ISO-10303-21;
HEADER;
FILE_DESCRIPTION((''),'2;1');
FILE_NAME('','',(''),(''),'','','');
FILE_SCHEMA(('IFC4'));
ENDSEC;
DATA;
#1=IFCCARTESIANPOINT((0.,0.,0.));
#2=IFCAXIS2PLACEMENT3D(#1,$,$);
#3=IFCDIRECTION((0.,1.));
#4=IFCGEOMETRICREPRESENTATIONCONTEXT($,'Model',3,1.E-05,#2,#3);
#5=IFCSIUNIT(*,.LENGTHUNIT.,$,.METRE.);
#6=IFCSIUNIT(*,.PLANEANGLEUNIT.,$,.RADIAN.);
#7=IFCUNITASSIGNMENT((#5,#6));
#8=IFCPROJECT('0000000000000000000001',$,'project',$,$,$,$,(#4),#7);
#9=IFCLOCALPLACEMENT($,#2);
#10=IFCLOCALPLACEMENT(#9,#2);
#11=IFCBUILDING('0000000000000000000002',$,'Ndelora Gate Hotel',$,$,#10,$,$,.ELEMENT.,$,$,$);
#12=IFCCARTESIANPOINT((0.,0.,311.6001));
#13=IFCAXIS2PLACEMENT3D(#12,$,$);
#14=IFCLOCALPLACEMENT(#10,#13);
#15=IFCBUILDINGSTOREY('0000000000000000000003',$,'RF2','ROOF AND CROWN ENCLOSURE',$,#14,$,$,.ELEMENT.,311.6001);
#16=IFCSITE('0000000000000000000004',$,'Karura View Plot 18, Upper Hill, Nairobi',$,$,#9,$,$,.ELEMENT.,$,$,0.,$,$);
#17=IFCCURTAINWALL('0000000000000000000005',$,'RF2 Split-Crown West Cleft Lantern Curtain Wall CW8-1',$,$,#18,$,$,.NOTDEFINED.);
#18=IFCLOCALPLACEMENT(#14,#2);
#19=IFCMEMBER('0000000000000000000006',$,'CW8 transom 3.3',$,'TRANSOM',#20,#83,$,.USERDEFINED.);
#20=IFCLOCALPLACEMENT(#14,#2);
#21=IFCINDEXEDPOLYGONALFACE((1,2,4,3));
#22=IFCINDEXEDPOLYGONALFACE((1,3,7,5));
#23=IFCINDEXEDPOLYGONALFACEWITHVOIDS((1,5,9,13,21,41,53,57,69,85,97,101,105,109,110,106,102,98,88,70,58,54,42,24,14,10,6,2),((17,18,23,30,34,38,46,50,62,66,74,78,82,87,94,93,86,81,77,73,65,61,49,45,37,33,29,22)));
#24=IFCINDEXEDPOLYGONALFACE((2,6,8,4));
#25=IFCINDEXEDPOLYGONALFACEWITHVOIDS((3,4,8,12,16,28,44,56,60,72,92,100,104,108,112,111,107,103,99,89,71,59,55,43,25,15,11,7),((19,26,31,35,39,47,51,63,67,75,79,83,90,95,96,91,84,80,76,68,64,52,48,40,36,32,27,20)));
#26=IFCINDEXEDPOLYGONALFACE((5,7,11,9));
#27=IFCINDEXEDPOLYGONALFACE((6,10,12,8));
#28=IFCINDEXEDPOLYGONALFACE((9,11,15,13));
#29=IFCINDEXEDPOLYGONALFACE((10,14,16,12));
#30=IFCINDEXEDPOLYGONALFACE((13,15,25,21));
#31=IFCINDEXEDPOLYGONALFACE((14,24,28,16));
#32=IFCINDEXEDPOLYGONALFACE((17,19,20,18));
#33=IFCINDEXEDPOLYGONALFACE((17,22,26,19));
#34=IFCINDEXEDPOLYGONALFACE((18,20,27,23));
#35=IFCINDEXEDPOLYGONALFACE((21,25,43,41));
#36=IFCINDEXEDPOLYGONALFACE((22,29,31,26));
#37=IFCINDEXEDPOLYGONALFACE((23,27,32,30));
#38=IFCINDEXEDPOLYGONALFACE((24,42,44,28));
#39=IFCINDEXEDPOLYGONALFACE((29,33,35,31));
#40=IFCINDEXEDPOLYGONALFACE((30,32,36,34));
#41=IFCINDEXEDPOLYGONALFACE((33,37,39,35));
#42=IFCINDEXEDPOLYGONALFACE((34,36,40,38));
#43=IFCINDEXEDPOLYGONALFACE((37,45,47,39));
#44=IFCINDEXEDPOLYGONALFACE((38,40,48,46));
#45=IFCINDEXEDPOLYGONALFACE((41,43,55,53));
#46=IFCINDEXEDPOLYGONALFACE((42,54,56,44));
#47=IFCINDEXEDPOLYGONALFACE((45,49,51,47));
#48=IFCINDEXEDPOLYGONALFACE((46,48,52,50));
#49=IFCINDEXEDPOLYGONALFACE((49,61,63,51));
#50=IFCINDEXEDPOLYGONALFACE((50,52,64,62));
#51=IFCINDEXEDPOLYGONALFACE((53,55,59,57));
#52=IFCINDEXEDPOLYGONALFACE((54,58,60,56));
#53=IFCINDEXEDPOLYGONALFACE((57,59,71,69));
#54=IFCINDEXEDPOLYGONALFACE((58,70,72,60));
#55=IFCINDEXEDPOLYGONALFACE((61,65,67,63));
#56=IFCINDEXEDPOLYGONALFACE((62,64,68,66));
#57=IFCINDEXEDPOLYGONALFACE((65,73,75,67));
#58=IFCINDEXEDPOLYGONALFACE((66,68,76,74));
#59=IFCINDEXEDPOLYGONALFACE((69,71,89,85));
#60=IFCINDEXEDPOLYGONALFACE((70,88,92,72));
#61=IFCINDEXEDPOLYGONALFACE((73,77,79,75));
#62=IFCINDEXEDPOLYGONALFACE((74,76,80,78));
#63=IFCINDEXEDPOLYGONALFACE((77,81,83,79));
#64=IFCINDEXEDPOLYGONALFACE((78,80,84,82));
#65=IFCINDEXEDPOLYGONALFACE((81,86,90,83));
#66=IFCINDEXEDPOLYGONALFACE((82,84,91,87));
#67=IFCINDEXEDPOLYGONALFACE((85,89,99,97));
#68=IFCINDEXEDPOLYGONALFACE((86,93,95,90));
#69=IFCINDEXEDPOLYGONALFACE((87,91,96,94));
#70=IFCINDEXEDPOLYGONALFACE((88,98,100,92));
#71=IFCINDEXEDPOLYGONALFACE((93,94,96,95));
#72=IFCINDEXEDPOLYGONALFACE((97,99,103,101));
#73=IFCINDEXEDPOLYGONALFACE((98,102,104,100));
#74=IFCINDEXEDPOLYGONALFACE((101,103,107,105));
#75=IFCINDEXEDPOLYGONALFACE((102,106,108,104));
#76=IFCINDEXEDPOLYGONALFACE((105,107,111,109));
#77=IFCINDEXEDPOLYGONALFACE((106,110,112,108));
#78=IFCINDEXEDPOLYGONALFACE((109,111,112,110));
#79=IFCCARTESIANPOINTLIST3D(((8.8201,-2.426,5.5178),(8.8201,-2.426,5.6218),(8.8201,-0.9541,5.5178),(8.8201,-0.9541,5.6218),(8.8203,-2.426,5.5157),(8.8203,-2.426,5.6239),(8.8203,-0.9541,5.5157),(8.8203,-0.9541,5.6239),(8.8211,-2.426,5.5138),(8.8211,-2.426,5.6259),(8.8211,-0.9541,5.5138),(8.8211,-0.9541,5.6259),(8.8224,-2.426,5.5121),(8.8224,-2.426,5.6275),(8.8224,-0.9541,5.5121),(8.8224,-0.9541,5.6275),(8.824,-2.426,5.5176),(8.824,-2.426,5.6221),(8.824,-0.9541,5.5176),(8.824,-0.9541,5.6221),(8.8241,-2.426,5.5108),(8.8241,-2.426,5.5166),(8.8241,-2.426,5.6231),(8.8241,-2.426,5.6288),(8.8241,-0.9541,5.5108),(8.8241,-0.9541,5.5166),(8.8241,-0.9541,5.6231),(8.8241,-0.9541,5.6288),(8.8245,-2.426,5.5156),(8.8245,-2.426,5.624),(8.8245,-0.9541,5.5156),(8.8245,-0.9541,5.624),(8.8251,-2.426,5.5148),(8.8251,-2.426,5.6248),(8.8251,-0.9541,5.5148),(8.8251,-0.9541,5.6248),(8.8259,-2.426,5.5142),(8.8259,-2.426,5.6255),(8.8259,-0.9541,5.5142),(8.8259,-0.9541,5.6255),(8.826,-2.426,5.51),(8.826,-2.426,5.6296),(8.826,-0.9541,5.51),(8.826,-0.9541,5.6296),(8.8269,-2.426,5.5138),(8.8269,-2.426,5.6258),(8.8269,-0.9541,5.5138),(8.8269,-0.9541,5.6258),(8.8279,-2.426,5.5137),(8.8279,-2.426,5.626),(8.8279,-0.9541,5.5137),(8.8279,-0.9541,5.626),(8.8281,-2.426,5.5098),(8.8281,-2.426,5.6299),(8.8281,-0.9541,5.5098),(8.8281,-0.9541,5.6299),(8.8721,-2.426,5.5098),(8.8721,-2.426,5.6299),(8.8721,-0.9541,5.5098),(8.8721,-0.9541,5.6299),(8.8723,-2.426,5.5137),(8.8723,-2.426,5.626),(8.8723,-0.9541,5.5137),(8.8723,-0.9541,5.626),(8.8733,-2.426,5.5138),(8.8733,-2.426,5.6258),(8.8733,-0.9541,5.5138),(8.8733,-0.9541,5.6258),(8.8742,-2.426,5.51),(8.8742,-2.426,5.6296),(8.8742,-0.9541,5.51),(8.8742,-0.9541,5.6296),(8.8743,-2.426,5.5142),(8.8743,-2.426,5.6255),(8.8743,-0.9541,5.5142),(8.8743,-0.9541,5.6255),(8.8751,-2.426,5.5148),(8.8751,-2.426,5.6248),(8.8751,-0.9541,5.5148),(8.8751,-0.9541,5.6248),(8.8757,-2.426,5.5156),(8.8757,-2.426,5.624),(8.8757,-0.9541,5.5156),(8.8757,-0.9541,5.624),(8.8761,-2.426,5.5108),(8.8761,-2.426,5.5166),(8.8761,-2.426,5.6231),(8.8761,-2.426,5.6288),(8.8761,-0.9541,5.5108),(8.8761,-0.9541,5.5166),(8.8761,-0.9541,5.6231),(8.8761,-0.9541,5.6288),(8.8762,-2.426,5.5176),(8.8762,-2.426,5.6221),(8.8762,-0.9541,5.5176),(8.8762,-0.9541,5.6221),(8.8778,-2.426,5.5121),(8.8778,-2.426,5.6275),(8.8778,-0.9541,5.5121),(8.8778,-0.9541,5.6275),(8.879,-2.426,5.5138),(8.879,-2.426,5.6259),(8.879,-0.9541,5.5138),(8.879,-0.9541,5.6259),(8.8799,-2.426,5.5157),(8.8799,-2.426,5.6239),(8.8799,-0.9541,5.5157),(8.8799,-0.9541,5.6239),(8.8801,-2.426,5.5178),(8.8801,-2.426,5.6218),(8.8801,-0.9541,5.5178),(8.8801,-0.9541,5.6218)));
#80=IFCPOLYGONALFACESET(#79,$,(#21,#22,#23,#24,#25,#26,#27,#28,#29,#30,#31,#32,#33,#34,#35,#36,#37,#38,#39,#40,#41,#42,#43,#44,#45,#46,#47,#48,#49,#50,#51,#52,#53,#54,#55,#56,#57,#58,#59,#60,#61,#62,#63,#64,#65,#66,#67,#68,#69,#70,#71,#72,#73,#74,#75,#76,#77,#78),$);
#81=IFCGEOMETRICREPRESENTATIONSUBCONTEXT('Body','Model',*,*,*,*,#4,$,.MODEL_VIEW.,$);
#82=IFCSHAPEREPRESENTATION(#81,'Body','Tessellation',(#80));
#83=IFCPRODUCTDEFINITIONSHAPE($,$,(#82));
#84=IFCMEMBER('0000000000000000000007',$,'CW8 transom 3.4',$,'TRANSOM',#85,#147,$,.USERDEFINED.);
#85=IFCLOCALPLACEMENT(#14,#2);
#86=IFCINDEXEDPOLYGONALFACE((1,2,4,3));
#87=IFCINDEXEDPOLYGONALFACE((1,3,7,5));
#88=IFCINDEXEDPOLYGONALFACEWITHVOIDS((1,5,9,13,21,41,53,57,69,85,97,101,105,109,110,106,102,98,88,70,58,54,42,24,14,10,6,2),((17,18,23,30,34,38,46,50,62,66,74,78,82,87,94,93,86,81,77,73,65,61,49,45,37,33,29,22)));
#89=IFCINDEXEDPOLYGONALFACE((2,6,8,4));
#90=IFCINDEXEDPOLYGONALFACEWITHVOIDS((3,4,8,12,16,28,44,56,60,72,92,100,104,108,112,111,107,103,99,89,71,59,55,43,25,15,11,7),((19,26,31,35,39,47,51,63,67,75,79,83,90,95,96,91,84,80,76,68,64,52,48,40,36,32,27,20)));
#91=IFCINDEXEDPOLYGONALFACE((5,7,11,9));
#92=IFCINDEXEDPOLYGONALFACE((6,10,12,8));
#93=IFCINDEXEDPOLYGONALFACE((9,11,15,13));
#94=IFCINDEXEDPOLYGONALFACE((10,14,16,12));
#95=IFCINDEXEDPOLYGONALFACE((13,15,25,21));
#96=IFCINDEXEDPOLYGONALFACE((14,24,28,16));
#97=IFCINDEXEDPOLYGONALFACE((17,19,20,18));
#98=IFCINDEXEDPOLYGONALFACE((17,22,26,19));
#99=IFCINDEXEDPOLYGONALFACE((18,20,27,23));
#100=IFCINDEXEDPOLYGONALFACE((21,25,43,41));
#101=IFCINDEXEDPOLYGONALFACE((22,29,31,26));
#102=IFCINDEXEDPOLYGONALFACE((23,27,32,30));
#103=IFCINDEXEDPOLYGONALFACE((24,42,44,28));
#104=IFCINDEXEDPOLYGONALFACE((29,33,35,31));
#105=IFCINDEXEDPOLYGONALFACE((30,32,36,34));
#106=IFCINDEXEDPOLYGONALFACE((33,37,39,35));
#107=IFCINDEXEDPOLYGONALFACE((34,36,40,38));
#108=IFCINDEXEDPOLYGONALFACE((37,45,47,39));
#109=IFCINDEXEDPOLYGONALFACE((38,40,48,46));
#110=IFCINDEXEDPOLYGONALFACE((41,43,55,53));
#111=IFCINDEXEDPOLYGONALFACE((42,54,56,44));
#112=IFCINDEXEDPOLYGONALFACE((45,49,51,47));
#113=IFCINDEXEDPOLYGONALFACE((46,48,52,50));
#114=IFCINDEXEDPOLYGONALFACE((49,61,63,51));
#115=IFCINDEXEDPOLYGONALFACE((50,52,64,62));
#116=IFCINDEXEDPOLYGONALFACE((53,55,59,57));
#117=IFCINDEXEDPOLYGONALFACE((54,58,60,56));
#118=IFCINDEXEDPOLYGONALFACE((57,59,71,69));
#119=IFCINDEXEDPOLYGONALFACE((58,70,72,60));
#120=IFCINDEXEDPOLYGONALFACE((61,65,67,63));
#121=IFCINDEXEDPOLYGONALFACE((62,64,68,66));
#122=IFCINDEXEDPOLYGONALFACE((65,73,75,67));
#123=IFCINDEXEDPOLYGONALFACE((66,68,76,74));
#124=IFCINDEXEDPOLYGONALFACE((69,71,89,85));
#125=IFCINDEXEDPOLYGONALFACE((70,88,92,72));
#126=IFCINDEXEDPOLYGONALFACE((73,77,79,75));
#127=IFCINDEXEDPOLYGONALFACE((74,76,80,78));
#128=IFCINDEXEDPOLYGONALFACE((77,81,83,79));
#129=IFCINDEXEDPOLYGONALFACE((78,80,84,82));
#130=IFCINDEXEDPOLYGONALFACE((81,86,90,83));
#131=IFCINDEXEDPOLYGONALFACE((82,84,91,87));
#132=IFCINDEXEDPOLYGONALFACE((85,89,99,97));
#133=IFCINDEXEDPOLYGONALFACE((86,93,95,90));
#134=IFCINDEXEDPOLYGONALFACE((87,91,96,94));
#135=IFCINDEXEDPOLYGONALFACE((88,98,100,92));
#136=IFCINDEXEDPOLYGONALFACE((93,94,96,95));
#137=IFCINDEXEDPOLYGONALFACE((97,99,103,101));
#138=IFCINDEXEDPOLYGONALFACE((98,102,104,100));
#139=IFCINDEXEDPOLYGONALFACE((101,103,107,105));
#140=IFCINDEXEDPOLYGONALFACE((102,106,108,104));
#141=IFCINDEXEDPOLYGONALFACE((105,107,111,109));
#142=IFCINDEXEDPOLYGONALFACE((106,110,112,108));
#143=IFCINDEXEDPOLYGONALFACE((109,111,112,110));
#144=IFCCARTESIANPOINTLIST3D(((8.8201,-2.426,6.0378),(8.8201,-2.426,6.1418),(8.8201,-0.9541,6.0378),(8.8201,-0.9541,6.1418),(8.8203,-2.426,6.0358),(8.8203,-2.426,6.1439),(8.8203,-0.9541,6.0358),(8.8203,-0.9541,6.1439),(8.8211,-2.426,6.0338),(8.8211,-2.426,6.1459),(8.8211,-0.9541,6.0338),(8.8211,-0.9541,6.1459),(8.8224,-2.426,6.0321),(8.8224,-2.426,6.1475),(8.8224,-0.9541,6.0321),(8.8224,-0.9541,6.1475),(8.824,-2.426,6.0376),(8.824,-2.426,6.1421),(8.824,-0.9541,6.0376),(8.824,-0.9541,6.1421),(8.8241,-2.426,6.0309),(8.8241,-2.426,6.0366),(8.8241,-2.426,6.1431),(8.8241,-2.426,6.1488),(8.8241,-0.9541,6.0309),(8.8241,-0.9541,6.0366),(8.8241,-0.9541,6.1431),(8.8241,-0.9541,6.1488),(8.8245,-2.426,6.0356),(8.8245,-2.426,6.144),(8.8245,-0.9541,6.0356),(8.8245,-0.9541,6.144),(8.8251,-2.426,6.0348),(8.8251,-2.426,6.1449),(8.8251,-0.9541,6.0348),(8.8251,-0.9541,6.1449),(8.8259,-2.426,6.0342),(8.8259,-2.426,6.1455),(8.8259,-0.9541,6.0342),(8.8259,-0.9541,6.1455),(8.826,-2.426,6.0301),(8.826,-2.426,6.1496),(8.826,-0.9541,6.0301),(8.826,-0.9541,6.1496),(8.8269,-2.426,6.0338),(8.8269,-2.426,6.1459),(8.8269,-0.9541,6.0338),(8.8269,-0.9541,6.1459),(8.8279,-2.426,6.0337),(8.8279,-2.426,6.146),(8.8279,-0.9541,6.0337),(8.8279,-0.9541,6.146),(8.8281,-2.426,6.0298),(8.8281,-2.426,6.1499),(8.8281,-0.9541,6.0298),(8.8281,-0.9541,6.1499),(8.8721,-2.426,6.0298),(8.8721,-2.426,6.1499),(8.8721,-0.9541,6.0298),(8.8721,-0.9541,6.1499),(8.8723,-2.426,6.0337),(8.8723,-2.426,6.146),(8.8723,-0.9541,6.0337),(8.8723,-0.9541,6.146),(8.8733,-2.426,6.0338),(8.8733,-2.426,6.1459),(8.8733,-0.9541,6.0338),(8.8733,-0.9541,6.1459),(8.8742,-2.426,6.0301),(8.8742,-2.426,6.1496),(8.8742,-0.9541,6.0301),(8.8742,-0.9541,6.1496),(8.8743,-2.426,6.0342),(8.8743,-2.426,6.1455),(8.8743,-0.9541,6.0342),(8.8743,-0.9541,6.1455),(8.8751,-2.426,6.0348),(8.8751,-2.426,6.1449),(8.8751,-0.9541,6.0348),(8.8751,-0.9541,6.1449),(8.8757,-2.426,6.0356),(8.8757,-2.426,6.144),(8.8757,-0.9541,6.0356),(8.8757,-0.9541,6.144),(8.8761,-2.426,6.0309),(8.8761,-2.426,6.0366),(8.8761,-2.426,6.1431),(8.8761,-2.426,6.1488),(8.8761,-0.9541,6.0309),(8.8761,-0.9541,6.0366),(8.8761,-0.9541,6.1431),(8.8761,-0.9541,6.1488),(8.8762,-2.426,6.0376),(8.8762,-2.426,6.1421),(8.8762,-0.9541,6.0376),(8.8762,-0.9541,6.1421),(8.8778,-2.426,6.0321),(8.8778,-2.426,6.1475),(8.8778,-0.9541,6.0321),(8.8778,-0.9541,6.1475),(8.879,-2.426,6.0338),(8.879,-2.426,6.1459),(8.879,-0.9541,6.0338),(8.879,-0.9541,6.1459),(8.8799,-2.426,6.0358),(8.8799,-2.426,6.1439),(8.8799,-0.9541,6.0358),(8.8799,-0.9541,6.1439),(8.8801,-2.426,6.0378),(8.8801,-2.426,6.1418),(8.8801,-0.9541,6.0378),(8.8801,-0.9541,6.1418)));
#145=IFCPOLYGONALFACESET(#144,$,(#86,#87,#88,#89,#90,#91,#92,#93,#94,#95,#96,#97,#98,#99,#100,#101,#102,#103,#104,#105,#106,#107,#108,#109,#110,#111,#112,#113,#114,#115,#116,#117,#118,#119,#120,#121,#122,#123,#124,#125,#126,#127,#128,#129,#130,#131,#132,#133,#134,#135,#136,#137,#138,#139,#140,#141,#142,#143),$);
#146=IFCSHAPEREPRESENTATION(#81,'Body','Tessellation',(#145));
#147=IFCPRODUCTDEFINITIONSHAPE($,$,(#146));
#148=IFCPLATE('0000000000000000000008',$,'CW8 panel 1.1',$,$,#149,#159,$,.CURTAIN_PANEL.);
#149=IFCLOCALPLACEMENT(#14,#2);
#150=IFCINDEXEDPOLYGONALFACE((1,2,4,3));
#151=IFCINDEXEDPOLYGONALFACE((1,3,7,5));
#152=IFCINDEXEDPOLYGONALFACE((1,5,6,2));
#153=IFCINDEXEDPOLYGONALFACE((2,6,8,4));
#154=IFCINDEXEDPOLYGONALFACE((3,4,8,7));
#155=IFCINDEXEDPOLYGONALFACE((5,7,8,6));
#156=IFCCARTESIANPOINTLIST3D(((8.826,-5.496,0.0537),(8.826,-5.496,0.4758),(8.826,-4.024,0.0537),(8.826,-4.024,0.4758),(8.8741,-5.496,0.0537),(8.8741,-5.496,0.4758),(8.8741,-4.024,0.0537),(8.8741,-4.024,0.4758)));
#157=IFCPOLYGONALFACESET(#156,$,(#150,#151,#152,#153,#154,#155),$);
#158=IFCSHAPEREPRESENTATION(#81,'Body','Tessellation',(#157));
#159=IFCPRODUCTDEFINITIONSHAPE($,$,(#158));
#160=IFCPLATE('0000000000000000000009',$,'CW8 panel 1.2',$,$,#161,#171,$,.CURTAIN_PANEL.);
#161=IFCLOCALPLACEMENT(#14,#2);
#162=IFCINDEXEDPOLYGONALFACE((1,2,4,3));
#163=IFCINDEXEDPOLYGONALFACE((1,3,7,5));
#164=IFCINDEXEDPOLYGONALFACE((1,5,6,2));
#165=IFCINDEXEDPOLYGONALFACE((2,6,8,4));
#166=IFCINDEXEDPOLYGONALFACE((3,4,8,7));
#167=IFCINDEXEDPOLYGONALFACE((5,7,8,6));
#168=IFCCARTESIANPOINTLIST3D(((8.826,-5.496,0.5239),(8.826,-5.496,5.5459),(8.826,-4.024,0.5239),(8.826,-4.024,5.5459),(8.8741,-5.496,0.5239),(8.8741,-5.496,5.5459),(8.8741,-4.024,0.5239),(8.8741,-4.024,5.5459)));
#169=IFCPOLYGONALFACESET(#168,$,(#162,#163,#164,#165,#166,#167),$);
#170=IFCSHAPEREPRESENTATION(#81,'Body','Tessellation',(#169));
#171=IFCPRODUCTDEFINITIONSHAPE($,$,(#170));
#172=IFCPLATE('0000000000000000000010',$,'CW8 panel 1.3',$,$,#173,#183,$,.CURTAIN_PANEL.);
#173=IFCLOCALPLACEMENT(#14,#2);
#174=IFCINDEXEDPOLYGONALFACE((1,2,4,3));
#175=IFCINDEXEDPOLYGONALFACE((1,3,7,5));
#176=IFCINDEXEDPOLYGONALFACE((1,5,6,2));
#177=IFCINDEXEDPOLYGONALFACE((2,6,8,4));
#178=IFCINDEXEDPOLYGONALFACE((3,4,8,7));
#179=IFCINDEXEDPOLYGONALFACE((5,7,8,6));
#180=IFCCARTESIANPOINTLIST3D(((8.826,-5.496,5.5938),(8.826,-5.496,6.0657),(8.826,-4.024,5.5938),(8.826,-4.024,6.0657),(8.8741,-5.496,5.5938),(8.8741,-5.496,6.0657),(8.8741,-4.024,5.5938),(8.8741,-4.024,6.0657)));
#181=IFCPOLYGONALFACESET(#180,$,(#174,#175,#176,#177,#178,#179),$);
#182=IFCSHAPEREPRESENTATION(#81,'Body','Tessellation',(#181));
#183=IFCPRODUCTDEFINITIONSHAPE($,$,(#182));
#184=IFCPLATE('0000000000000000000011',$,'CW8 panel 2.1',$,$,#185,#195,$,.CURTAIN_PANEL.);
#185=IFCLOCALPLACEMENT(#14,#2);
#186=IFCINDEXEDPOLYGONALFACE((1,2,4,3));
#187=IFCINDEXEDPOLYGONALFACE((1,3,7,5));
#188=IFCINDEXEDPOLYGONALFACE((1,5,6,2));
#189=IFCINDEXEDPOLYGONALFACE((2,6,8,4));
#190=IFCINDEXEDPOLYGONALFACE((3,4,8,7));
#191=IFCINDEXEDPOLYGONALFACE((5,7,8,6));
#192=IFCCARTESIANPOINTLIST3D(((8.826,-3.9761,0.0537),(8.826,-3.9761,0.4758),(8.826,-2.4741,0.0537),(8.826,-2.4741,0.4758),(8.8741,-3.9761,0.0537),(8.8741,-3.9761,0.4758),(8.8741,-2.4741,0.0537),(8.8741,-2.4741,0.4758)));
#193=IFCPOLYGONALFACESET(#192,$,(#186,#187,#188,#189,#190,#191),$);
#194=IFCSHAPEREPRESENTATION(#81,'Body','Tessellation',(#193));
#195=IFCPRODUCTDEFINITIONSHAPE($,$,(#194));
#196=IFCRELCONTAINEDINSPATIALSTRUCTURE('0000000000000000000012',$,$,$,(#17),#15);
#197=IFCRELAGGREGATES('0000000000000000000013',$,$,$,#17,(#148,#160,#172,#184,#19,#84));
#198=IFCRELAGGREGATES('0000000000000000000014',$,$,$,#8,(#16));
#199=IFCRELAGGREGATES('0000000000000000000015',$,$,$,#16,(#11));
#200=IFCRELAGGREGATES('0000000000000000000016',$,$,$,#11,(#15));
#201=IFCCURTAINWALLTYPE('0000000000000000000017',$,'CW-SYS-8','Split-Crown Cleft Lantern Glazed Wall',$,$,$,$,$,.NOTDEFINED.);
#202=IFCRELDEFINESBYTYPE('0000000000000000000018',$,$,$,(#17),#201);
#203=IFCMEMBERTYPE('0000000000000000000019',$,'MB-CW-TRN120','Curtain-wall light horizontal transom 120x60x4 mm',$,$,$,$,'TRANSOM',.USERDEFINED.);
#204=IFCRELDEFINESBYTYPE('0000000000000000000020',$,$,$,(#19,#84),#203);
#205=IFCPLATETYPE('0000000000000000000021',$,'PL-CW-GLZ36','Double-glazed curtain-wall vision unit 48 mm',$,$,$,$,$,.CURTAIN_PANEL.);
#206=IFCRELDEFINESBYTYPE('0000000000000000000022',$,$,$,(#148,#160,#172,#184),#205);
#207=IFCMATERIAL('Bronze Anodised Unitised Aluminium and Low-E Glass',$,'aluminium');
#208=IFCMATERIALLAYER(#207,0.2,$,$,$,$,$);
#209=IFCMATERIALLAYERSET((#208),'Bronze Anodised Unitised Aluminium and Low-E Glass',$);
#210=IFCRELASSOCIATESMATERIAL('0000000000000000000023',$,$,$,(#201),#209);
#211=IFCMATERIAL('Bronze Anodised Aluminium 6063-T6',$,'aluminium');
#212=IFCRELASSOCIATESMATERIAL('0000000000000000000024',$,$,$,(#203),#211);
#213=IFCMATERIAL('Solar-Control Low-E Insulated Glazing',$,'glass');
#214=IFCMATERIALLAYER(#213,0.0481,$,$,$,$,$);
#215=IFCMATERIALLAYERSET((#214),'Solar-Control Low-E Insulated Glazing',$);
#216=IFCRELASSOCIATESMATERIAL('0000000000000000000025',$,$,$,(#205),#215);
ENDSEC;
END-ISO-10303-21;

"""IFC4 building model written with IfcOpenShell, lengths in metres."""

from ifc_helpers import new_model, si_unit, direction, frame, origin, origin_2d, place, context, subcontext, project, spatial, rectangle, hollow_rectangle, extrude, material, layer, layer_set, material_profile, profile_set, type_object, element, aggregate, save


model = new_model("IFC4")

# Units and contexts
model_context = context("Model", 3, precision=1e-05, world=origin(), true_north=direction((0.0, 1.0)))
body_context = subcontext(model_context, "Body", "Model", "MODEL_VIEW")
ifc_project = project(units=[si_unit("LENGTHUNIT", "METRE"), si_unit("PLANEANGLEUNIT", "RADIAN")], contexts=[model_context])

# Site, building, storey
site_placement = place(None, origin())
site = spatial("IfcSite", under=ifc_project, at=site_placement, Name="Karura View Plot 18, Upper Hill, Nairobi", CompositionType="ELEMENT", RefElevation=0.0)
building_placement = place(site_placement, origin())
building = spatial("IfcBuilding", under=site, at=building_placement, Name="Ndelora Gate Hotel", CompositionType="ELEMENT")
storey_placement = place(building_placement, frame((0.0, 0.0, 311.6001)))
storey = spatial("IfcBuildingStorey", under=building, at=storey_placement, Name="RF2", Description="ROOF AND CROWN ENCLOSURE", CompositionType="ELEMENT", Elevation=311.6001)

# Curtain wall, members, plates
ifc_material_1 = material(Name="Bronze Anodised Unitised Aluminium and Low-E Glass", Category="aluminium")
ifc_layer_1 = layer(ifc_material_1, 0.2)
ifc_layer_set_1 = layer_set([ifc_layer_1], Name="Bronze Anodised Unitised Aluminium and Low-E Glass")
curtain_wall_type = type_object("IfcCurtainWallType", Name="CW-SYS-8", Description="Split-Crown Cleft Lantern Glazed Wall", PredefinedType="NOTDEFINED", material=ifc_layer_set_1)
curtain_wall_placement = place(storey_placement, origin())
curtain_wall = element("IfcCurtainWall", 1, at=curtain_wall_placement, inside=storey, type_object=curtain_wall_type, Name="RF2 Split-Crown West Cleft Lantern Curtain Wall CW8-1", PredefinedType="NOTDEFINED")
ifc_material_2 = material(Name="Bronze Anodised Aluminium 6063-T6", Category="aluminium")
ifc_material_profile_1 = material_profile(ifc_material_2, hollow_rectangle(XDim=0.0601, YDim=0.1201, WallThickness=0.0039, InnerFilletRadius=0.0039, OuterFilletRadius=0.0081, at=origin_2d()), Name="ALU 120x60x4")
ifc_profile_set_1 = profile_set([ifc_material_profile_1], Name="Bronze Anodised Aluminium 6063-T6")
member_type_1 = type_object("IfcMemberType", Name="MB-CW-TRN120", Description="Curtain-wall light horizontal transom 120x60x4 mm", ElementType="TRANSOM", PredefinedType="USERDEFINED", material=ifc_profile_set_1)
member_1_placement = place(storey_placement, frame((8.8501, -2.426, 5.5698), z_axis=(0.0, 1.0, 0.0), x_axis=(-1.0, 0.0, 0.0)))
member_1 = element("IfcMember", 2, at=member_1_placement, type_object=member_type_1, Name="CW8 transom 3.3", ObjectType="TRANSOM", PredefinedType="USERDEFINED", context=body_context, shape_type="SweptSolid", body=[
    extrude(hollow_rectangle(XDim=0.0601, YDim=0.1201, WallThickness=0.0039, InnerFilletRadius=0.0039, OuterFilletRadius=0.0081, at=origin_2d()), origin(), (0.0, 0.0, 1.0), 1.4719),
])
member_2_placement = place(storey_placement, frame((8.8501, -2.426, 6.0898), z_axis=(0.0, 1.0, 0.0), x_axis=(-1.0, 0.0, 0.0)))
member_2 = element("IfcMember", 3, at=member_2_placement, type_object=member_type_1, Name="CW8 transom 3.4", ObjectType="TRANSOM", PredefinedType="USERDEFINED", context=body_context, shape_type="SweptSolid", body=[
    extrude(hollow_rectangle(XDim=0.0601, YDim=0.1201, WallThickness=0.0039, InnerFilletRadius=0.0039, OuterFilletRadius=0.0081, at=origin_2d()), origin(), (0.0, 0.0, 1.0), 1.4719),
])
ifc_material_3 = material(Name="Solar-Control Low-E Insulated Glazing", Category="glass")
ifc_layer_2 = layer(ifc_material_3, 0.0481)
ifc_layer_set_2 = layer_set([ifc_layer_2], Name="Solar-Control Low-E Insulated Glazing")
plate_type = type_object("IfcPlateType", Name="PL-CW-GLZ36", Description="Double-glazed curtain-wall vision unit 48 mm", PredefinedType="CURTAIN_PANEL", material=ifc_layer_set_2)
plate_1_placement = place(storey_placement, frame((8.8501, -4.76, 0.0537), z_axis=(0.0, 0.0, 1.0), x_axis=(0.0, 1.0, 0.0)))
plate_1 = element("IfcPlate", 4, at=plate_1_placement, type_object=plate_type, Name="CW8 panel 1.1", PredefinedType="CURTAIN_PANEL", context=body_context, shape_type="SweptSolid", body=[
    extrude(rectangle(XDim=1.4719, YDim=0.0481, at=origin_2d()), origin(), (0.0, 0.0, 1.0), 0.4221),
])
plate_2_placement = place(storey_placement, frame((8.8501, -4.76, 0.5239), z_axis=(0.0, 0.0, 1.0), x_axis=(0.0, 1.0, 0.0)))
plate_2 = element("IfcPlate", 5, at=plate_2_placement, type_object=plate_type, Name="CW8 panel 1.2", PredefinedType="CURTAIN_PANEL", context=body_context, shape_type="SweptSolid", body=[
    extrude(rectangle(XDim=1.4719, YDim=0.0481, at=origin_2d()), origin(), (0.0, 0.0, 1.0), 5.022),
])
plate_3_placement = place(storey_placement, frame((8.8501, -4.76, 5.5938), z_axis=(0.0, 0.0, 1.0), x_axis=(0.0, 1.0, 0.0)))
plate_3 = element("IfcPlate", 6, at=plate_3_placement, type_object=plate_type, Name="CW8 panel 1.3", PredefinedType="CURTAIN_PANEL", context=body_context, shape_type="SweptSolid", body=[
    extrude(rectangle(XDim=1.4719, YDim=0.0481, at=origin_2d()), origin(), (0.0, 0.0, 1.0), 0.4719),
])
plate_4_placement = place(storey_placement, frame((8.8501, -3.2251, 0.0537), z_axis=(0.0, 0.0, 1.0), x_axis=(0.0, 1.0, 0.0)))
plate_4 = element("IfcPlate", 7, at=plate_4_placement, type_object=plate_type, Name="CW8 panel 2.1", PredefinedType="CURTAIN_PANEL", context=body_context, shape_type="SweptSolid", body=[
    extrude(rectangle(XDim=1.502, YDim=0.0481, at=origin_2d()), origin(), (0.0, 0.0, 1.0), 0.4221),
])
aggregate(curtain_wall, [plate_1, plate_2, plate_3, plate_4, member_1, member_2])

save(model, "model.ifc")
